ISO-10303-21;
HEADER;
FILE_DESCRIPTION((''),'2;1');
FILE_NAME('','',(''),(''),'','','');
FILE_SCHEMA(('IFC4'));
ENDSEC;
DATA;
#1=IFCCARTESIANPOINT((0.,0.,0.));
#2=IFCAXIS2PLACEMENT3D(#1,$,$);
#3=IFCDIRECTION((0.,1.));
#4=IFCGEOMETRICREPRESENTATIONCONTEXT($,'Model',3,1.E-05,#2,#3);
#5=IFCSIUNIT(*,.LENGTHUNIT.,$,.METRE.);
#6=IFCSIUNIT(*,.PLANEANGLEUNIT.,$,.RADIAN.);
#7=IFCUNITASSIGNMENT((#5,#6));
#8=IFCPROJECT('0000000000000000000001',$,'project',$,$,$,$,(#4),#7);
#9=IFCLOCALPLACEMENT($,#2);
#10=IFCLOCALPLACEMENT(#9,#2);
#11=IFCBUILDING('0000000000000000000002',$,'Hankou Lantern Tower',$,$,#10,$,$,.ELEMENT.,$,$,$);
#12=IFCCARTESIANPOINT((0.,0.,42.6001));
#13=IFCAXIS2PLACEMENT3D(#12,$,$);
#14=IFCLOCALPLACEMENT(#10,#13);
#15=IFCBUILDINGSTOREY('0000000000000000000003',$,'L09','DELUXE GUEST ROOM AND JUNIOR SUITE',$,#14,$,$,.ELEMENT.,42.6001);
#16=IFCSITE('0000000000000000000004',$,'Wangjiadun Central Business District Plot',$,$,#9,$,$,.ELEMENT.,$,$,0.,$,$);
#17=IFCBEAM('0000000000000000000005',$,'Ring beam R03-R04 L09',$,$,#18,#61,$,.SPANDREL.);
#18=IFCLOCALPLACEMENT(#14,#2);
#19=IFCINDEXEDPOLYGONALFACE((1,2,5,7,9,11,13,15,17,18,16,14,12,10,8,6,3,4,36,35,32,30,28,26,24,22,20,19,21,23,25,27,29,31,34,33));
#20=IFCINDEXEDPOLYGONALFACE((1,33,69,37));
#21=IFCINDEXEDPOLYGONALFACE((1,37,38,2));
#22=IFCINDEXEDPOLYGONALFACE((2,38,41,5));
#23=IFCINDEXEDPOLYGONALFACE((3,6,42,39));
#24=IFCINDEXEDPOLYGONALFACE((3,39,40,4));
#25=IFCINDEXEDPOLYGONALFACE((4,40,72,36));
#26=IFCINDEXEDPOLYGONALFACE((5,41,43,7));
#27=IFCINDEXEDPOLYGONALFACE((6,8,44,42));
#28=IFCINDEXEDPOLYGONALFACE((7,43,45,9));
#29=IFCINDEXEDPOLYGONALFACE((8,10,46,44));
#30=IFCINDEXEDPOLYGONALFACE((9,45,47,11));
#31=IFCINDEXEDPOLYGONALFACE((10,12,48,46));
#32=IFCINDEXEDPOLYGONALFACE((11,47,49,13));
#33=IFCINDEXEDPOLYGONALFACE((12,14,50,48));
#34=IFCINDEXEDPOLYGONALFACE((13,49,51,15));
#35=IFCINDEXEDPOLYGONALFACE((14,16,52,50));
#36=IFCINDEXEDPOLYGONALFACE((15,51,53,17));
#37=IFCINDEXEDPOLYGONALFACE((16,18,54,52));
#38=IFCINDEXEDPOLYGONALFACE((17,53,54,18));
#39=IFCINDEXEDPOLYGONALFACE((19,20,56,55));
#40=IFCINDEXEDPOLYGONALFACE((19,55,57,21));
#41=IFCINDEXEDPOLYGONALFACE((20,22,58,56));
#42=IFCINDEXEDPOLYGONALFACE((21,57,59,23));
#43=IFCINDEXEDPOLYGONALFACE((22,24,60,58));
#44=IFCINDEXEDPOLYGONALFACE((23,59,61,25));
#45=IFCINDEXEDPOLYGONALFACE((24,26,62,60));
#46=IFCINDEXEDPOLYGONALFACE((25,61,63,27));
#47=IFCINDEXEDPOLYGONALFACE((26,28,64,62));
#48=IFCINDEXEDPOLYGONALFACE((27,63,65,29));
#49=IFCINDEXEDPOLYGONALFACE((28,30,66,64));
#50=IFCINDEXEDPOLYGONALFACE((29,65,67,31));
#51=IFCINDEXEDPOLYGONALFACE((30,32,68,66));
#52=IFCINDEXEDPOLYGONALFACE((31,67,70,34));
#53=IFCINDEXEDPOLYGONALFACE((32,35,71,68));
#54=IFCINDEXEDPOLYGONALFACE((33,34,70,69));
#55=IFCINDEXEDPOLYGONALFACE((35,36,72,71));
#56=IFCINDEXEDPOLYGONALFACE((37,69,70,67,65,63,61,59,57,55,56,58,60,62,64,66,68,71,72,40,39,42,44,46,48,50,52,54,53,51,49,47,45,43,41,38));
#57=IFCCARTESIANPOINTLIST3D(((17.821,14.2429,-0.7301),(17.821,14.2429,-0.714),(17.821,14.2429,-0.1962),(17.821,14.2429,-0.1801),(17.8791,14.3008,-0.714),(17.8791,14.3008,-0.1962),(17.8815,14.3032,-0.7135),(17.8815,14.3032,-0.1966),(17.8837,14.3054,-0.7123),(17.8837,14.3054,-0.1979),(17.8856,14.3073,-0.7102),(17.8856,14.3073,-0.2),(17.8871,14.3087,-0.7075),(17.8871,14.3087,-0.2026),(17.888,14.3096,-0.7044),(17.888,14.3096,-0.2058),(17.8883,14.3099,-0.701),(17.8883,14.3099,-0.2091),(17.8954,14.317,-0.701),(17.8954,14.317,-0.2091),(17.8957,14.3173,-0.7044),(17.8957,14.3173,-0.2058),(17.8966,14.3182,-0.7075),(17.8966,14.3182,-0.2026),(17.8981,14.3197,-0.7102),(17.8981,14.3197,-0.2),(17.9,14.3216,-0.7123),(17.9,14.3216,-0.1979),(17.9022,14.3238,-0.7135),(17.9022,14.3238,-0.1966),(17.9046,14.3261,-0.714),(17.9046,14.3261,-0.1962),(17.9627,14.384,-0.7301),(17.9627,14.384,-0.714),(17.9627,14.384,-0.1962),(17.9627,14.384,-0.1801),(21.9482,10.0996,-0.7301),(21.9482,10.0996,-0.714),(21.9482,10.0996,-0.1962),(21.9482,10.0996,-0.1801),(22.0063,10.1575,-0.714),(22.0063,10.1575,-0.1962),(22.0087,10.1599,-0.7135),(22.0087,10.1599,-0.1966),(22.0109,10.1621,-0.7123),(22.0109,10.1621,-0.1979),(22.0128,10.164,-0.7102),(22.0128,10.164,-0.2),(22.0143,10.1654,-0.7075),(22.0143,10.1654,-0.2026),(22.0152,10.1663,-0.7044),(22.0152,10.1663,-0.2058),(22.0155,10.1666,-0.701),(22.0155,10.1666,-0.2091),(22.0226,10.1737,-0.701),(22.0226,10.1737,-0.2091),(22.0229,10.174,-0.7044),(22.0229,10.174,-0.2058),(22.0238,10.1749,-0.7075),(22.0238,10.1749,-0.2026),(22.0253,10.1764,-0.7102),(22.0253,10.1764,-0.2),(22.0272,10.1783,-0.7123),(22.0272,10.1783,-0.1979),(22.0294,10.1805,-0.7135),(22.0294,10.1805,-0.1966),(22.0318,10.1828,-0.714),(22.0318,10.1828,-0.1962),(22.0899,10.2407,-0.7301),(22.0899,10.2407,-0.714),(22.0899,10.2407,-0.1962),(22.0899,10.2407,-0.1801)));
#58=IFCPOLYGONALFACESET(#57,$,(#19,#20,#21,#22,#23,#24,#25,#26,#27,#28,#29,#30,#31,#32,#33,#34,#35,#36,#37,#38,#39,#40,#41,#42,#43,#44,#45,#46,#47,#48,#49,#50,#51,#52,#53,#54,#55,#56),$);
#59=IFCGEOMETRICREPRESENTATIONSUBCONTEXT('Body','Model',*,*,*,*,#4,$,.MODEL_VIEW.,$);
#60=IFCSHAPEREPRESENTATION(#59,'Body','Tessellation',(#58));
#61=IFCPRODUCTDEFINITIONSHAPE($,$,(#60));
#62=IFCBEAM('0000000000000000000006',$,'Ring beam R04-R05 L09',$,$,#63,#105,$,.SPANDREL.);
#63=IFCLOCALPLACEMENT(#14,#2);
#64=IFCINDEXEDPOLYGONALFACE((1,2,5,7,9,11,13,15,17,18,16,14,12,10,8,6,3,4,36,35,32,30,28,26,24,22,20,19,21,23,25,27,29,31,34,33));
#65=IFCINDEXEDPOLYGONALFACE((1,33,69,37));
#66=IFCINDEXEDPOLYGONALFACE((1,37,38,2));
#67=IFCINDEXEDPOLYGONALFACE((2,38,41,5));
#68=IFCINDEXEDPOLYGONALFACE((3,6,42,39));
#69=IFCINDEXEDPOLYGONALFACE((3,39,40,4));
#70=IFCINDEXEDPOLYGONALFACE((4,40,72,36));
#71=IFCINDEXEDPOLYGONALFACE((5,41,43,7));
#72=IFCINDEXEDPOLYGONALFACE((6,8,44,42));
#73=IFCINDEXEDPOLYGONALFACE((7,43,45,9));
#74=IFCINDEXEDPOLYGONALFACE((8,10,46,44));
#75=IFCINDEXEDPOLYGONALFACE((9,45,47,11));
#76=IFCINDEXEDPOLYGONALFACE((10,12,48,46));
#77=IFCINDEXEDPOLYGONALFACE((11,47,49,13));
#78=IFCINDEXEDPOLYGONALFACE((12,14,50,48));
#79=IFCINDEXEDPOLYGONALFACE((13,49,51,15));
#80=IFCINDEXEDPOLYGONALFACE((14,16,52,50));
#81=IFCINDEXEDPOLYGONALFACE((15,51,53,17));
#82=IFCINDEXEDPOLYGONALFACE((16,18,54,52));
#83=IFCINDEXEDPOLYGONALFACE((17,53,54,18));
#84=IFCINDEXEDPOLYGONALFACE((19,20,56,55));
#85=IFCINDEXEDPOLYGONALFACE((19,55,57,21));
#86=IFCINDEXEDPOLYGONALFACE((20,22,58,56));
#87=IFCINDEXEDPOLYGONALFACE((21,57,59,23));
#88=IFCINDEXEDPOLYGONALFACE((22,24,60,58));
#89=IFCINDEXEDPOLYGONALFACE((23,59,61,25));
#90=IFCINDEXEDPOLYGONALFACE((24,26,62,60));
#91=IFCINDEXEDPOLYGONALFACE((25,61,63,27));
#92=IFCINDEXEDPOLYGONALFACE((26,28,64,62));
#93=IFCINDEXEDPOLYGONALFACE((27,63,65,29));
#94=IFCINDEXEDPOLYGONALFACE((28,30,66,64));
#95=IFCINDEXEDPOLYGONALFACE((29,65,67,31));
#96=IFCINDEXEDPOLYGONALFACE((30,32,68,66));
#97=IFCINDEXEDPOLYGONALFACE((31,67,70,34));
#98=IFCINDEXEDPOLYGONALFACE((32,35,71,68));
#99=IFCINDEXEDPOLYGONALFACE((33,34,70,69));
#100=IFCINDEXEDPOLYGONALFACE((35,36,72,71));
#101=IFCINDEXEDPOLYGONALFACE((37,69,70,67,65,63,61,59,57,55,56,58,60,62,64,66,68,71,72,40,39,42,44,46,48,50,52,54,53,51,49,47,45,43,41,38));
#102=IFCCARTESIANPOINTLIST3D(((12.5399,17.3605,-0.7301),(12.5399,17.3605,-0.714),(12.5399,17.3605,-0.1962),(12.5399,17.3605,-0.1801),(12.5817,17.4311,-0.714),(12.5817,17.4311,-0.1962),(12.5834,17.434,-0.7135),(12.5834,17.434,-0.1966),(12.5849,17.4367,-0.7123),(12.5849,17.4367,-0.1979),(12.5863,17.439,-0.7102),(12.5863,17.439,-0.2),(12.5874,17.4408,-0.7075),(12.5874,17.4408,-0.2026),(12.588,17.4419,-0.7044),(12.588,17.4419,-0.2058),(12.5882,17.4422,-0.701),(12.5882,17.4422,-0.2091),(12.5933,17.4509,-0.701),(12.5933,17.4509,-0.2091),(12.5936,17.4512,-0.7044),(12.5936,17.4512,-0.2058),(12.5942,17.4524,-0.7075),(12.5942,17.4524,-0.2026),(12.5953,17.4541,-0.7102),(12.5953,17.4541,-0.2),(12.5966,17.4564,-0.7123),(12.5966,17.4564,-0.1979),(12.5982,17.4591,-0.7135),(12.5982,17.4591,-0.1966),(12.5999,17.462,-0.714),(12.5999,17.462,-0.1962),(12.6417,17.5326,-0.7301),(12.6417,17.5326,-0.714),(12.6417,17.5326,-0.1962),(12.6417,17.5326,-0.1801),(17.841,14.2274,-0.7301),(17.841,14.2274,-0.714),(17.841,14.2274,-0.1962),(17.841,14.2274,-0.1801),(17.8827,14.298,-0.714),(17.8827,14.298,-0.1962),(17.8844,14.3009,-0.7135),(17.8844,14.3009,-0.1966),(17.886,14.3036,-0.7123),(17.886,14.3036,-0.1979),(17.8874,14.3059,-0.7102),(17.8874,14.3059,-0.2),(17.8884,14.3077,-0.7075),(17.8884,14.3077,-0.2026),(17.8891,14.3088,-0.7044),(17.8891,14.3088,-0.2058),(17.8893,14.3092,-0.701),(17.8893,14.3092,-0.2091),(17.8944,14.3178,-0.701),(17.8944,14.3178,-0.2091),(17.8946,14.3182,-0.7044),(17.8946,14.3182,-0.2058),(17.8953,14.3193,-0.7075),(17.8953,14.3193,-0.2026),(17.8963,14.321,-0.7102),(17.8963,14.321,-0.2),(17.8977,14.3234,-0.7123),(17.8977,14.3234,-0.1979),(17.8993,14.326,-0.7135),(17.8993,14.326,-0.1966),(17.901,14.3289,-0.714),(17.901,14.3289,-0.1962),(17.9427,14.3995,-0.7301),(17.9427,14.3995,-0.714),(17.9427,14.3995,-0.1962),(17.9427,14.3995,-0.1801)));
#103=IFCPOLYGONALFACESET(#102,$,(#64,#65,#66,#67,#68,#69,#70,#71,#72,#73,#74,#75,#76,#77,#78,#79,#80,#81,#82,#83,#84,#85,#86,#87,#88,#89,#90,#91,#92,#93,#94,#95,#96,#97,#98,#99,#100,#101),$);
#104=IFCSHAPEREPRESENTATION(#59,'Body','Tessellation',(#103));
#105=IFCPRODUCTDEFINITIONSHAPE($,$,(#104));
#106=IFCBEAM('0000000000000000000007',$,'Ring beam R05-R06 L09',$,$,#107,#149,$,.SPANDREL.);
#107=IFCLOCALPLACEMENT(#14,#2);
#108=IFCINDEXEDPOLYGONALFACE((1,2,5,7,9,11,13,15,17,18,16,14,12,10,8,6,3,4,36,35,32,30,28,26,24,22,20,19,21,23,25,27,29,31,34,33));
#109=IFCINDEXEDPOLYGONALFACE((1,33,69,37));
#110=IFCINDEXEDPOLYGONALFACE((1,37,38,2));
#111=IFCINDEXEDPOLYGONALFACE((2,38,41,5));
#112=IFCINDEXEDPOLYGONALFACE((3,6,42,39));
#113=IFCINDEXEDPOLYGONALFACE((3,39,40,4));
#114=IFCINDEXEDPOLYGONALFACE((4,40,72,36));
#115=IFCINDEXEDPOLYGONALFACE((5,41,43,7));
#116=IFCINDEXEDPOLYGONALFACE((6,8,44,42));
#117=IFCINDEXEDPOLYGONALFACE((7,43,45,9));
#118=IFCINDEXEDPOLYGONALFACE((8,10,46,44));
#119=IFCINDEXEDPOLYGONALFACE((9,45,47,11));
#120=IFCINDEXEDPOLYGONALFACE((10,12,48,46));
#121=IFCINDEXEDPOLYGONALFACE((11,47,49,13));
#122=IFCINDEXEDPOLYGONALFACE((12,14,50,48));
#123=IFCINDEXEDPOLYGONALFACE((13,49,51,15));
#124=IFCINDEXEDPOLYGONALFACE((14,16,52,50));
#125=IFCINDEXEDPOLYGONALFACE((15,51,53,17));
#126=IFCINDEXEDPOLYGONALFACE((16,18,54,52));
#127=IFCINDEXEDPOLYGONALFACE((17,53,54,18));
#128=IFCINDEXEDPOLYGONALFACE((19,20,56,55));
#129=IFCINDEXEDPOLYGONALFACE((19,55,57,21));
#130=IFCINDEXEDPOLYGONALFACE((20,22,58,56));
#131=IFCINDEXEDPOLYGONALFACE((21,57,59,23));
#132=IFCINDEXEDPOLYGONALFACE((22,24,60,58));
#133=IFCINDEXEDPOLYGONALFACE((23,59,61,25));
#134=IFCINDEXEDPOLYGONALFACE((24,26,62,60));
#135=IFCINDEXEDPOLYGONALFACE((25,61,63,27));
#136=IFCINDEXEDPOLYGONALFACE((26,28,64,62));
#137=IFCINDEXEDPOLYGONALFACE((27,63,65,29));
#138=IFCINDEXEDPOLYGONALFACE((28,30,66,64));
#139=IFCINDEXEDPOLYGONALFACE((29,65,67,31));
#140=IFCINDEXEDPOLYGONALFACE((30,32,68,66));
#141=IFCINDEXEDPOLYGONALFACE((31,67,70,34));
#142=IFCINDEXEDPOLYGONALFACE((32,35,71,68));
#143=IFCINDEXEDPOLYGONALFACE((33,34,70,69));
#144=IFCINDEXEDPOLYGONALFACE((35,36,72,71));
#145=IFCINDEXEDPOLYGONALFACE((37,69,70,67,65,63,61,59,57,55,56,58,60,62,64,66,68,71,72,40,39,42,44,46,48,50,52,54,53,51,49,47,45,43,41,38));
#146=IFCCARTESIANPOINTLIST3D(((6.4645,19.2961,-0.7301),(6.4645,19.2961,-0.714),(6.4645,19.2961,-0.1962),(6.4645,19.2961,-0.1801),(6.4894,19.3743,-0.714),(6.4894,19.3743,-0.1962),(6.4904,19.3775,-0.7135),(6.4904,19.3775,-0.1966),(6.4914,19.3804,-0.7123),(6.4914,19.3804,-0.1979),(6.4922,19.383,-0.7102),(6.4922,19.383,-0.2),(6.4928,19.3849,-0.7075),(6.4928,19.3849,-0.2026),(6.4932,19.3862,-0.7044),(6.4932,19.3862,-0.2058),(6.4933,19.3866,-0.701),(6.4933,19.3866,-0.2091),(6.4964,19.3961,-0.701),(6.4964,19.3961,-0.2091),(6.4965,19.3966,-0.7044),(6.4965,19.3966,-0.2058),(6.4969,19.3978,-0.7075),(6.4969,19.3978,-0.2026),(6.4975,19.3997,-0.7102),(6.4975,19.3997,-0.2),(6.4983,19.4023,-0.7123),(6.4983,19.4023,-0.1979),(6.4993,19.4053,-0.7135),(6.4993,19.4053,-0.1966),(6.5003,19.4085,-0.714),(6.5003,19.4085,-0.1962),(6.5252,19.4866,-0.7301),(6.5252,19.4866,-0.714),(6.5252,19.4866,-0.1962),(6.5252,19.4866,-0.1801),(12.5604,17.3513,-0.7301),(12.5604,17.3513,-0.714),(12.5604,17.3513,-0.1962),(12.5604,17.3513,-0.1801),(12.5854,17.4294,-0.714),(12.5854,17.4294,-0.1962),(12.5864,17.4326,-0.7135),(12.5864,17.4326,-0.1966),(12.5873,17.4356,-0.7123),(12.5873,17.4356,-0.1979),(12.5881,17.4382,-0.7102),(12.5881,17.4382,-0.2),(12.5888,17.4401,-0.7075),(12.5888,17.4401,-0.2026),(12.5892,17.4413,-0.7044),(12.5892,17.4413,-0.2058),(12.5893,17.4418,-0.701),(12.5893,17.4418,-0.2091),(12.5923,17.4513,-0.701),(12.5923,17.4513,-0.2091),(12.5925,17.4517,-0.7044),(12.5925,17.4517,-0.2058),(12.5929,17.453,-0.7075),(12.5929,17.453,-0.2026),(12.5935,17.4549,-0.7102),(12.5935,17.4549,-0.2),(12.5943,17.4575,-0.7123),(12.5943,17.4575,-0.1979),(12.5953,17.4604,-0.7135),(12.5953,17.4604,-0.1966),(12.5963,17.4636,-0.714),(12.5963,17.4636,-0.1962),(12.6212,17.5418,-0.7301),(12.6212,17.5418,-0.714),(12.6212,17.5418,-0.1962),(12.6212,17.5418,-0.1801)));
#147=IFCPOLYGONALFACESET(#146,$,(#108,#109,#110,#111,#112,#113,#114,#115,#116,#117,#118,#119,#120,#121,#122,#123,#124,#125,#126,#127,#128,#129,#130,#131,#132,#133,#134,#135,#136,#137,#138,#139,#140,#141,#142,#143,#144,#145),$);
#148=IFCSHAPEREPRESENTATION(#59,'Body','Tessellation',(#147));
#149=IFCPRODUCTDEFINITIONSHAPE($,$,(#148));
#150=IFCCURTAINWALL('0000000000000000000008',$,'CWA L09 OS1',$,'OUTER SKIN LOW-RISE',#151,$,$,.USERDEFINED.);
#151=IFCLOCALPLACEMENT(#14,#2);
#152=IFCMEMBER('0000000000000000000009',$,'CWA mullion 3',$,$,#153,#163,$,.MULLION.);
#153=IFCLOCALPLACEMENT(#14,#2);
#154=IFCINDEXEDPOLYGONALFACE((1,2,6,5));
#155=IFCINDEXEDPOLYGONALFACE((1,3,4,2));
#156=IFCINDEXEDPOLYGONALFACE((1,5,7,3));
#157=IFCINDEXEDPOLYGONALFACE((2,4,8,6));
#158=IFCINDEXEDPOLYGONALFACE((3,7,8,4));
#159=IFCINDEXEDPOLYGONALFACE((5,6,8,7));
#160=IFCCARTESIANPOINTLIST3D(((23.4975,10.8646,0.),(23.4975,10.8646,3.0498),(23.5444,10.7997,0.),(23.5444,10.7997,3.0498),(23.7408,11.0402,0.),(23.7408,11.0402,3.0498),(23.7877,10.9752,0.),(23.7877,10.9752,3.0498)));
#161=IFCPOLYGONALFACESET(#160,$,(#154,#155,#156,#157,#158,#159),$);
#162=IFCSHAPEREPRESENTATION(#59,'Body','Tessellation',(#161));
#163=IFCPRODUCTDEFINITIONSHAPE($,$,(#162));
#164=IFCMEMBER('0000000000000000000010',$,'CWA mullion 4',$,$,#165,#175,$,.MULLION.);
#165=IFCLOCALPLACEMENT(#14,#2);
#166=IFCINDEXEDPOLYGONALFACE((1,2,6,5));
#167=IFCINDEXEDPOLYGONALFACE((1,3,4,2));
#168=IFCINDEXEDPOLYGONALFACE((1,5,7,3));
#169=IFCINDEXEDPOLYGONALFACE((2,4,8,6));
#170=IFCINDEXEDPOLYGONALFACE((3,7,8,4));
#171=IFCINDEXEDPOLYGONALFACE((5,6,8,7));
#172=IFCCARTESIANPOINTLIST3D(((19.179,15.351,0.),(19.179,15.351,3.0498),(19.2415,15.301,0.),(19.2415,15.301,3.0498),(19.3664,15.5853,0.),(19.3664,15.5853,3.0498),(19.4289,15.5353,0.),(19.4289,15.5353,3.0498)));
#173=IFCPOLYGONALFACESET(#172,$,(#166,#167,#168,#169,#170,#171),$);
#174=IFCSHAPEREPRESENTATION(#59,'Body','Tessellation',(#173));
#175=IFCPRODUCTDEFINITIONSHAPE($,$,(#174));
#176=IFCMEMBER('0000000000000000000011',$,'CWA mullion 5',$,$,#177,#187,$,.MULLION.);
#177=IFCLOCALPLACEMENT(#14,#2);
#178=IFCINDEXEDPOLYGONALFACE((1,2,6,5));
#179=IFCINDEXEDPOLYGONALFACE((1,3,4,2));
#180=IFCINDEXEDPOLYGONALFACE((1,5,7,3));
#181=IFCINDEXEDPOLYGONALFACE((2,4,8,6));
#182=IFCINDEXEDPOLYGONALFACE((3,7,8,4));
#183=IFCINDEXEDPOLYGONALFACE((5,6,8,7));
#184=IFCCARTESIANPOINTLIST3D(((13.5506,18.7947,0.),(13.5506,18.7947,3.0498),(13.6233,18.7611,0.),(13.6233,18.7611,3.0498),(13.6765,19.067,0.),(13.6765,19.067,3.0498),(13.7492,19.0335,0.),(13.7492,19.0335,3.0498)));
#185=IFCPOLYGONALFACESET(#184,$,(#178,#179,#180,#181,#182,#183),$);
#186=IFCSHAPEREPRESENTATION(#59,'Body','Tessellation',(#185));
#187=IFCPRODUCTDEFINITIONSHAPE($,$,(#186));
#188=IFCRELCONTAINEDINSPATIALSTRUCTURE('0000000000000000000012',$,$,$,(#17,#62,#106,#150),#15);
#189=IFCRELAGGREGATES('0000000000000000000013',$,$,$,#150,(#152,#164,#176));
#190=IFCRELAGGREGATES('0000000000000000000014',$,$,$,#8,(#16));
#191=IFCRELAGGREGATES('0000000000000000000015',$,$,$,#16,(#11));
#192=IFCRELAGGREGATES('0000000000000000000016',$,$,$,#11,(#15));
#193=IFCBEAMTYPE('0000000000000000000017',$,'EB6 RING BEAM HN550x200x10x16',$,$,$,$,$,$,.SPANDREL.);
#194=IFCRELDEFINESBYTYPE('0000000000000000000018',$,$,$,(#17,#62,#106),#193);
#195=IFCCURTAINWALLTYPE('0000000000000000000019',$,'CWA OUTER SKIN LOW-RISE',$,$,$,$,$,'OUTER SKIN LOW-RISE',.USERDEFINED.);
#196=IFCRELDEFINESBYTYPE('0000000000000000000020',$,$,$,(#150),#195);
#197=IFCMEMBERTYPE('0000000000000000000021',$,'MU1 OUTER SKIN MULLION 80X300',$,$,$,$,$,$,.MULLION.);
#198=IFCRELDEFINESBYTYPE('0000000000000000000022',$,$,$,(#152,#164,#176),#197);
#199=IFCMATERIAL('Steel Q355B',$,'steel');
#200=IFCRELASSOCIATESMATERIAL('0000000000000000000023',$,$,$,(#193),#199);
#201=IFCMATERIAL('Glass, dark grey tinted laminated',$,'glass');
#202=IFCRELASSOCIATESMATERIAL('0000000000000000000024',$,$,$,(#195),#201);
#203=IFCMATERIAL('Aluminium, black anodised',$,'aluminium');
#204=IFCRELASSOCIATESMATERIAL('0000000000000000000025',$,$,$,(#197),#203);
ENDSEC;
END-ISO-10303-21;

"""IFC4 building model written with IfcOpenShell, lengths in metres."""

from ifc_helpers import new_model, si_unit, direction, frame, origin, origin_2d, place, context, subcontext, project, spatial, rectangle, i_section, extrude, material, material_profile, profile_set, type_object, element, aggregate, save


model = new_model("IFC4")

# Units and contexts
model_context = context("Model", 3, precision=1e-05, world=origin(), true_north=direction((0.0, 1.0)))
body_context = subcontext(model_context, "Body", "Model", "MODEL_VIEW")
ifc_project = project(units=[si_unit("LENGTHUNIT", "METRE"), si_unit("PLANEANGLEUNIT", "RADIAN")], contexts=[model_context])

# Site, building, storey
site_placement = place(None, origin())
site = spatial("IfcSite", under=ifc_project, at=site_placement, Name="Wangjiadun Central Business District Plot", CompositionType="ELEMENT", RefElevation=0.0)
building_placement = place(site_placement, origin())
building = spatial("IfcBuilding", under=site, at=building_placement, Name="Hankou Lantern Tower", CompositionType="ELEMENT")
storey_placement = place(building_placement, frame((0.0, 0.0, 42.6001)))
storey = spatial("IfcBuildingStorey", under=building, at=storey_placement, Name="L09", Description="DELUXE GUEST ROOM AND JUNIOR SUITE", CompositionType="ELEMENT", Elevation=42.6001)

# Beams
ifc_material_1 = material(Name="Steel Q355B", Category="steel")
ifc_material_profile_1 = material_profile(ifc_material_1, i_section(OverallWidth=0.2, OverallDepth=0.55, WebThickness=0.01, FlangeThickness=0.0161, FilletRadius=0.0129, at=origin_2d()), Name="HN550x200x10x16")
ifc_profile_set_1 = profile_set([ifc_material_profile_1], Name="Steel Q355B")
beam_type_1 = type_object("IfcBeamType", Name="EB6 RING BEAM HN550x200x10x16", PredefinedType="SPANDREL", material=ifc_profile_set_1)
beam_1_placement = place(storey_placement, frame((22.019, 10.1702, -0.4551), z_axis=(-0.705728, 0.708483, 0.0), x_axis=(-0.708483, -0.705728, 0.0)))
element("IfcBeam", 1, at=beam_1_placement, inside=storey, type_object=beam_type_1, Name="Ring beam R03-R04 L09", PredefinedType="SPANDREL", context=body_context, shape_type="SweptSolid", body=[
    extrude(i_section(OverallWidth=0.2, OverallDepth=0.55, WebThickness=0.01, FlangeThickness=0.0161, FilletRadius=0.0129, at=origin_2d()), origin(), (0.0, 0.0, 1.0), 5.8481),
])
beam_2_placement = place(storey_placement, frame((17.8918, 14.3135, -0.4551), z_axis=(-0.860882, 0.508805, 0.0), x_axis=(-0.508805, -0.860882, 0.0)))
element("IfcBeam", 2, at=beam_2_placement, inside=storey, type_object=beam_type_1, Name="Ring beam R04-R05 L09", PredefinedType="SPANDREL", context=body_context, shape_type="SweptSolid", body=[
    extrude(i_section(OverallWidth=0.2, OverallDepth=0.55, WebThickness=0.01, FlangeThickness=0.0161, FilletRadius=0.0129, at=origin_2d()), origin(), (0.0, 0.0, 1.0), 6.1577),
])
beam_3_placement = place(storey_placement, frame((12.5908, 17.4465, -0.4551), z_axis=(-0.95269, 0.303942, 0.0), x_axis=(-0.303942, -0.95269, 0.0)))
element("IfcBeam", 3, at=beam_3_placement, inside=storey, type_object=beam_type_1, Name="Ring beam R05-R06 L09", PredefinedType="SPANDREL", context=body_context, shape_type="SweptSolid", body=[
    extrude(i_section(OverallWidth=0.2, OverallDepth=0.55, WebThickness=0.01, FlangeThickness=0.0161, FilletRadius=0.0129, at=origin_2d()), origin(), (0.0, 0.0, 1.0), 6.3987),
])

# Curtain wall, members
ifc_material_2 = material(Name="Glass, dark grey tinted laminated", Category="glass")
curtain_wall_type = type_object("IfcCurtainWallType", Name="CWA OUTER SKIN LOW-RISE", ElementType="OUTER SKIN LOW-RISE", PredefinedType="USERDEFINED", material=ifc_material_2)
curtain_wall_placement = place(storey_placement, origin())
curtain_wall = element("IfcCurtainWall", 4, at=curtain_wall_placement, inside=storey, type_object=curtain_wall_type, Name="CWA L09 OS1", ObjectType="OUTER SKIN LOW-RISE", PredefinedType="USERDEFINED")
ifc_material_3 = material(Name="Aluminium, black anodised", Category="aluminium")
ifc_material_profile_2 = material_profile(ifc_material_3, rectangle(XDim=0.0801, YDim=0.3, at=origin_2d()), Name="MU1 80X300")
ifc_profile_set_2 = profile_set([ifc_material_profile_2], Name="Aluminium, black anodised")
member_type_1 = type_object("IfcMemberType", Name="MU1 OUTER SKIN MULLION 80X300", PredefinedType="MULLION", material=ifc_profile_set_2)
member_1_placement = place(storey_placement, frame((23.6426, 10.9199, 0.0), z_axis=(0.0, 0.0, 1.0), x_axis=(-0.585206, 0.810885, 0.0)))
member_1 = element("IfcMember", 5, at=member_1_placement, type_object=member_type_1, Name="CWA mullion 3", PredefinedType="MULLION", context=body_context, shape_type="SweptSolid", body=[
    extrude(rectangle(XDim=0.0801, YDim=0.3, at=origin_2d()), origin(), (0.0, 0.0, 1.0), 3.0498),
])
member_2_placement = place(storey_placement, frame((19.304, 15.4431, 0.0), z_axis=(0.0, 0.0, 1.0), x_axis=(-0.780869, 0.624695, 0.0)))
member_2 = element("IfcMember", 6, at=member_2_placement, type_object=member_type_1, Name="CWA mullion 4", PredefinedType="MULLION", context=body_context, shape_type="SweptSolid", body=[
    extrude(rectangle(XDim=0.0801, YDim=0.3, at=origin_2d()), origin(), (0.0, 0.0, 1.0), 3.0498),
])
member_3_placement = place(storey_placement, frame((13.6499, 18.9141, 0.0), z_axis=(0.0, 0.0, 1.0), x_axis=(-0.907841, 0.419314, 0.0)))
member_3 = element("IfcMember", 7, at=member_3_placement, type_object=member_type_1, Name="CWA mullion 5", PredefinedType="MULLION", context=body_context, shape_type="SweptSolid", body=[
    extrude(rectangle(XDim=0.0801, YDim=0.3, at=origin_2d()), origin(), (0.0, 0.0, 1.0), 3.0498),
])

aggregate(curtain_wall, [member_1, member_2, member_3])

save(model, "model.ifc")
